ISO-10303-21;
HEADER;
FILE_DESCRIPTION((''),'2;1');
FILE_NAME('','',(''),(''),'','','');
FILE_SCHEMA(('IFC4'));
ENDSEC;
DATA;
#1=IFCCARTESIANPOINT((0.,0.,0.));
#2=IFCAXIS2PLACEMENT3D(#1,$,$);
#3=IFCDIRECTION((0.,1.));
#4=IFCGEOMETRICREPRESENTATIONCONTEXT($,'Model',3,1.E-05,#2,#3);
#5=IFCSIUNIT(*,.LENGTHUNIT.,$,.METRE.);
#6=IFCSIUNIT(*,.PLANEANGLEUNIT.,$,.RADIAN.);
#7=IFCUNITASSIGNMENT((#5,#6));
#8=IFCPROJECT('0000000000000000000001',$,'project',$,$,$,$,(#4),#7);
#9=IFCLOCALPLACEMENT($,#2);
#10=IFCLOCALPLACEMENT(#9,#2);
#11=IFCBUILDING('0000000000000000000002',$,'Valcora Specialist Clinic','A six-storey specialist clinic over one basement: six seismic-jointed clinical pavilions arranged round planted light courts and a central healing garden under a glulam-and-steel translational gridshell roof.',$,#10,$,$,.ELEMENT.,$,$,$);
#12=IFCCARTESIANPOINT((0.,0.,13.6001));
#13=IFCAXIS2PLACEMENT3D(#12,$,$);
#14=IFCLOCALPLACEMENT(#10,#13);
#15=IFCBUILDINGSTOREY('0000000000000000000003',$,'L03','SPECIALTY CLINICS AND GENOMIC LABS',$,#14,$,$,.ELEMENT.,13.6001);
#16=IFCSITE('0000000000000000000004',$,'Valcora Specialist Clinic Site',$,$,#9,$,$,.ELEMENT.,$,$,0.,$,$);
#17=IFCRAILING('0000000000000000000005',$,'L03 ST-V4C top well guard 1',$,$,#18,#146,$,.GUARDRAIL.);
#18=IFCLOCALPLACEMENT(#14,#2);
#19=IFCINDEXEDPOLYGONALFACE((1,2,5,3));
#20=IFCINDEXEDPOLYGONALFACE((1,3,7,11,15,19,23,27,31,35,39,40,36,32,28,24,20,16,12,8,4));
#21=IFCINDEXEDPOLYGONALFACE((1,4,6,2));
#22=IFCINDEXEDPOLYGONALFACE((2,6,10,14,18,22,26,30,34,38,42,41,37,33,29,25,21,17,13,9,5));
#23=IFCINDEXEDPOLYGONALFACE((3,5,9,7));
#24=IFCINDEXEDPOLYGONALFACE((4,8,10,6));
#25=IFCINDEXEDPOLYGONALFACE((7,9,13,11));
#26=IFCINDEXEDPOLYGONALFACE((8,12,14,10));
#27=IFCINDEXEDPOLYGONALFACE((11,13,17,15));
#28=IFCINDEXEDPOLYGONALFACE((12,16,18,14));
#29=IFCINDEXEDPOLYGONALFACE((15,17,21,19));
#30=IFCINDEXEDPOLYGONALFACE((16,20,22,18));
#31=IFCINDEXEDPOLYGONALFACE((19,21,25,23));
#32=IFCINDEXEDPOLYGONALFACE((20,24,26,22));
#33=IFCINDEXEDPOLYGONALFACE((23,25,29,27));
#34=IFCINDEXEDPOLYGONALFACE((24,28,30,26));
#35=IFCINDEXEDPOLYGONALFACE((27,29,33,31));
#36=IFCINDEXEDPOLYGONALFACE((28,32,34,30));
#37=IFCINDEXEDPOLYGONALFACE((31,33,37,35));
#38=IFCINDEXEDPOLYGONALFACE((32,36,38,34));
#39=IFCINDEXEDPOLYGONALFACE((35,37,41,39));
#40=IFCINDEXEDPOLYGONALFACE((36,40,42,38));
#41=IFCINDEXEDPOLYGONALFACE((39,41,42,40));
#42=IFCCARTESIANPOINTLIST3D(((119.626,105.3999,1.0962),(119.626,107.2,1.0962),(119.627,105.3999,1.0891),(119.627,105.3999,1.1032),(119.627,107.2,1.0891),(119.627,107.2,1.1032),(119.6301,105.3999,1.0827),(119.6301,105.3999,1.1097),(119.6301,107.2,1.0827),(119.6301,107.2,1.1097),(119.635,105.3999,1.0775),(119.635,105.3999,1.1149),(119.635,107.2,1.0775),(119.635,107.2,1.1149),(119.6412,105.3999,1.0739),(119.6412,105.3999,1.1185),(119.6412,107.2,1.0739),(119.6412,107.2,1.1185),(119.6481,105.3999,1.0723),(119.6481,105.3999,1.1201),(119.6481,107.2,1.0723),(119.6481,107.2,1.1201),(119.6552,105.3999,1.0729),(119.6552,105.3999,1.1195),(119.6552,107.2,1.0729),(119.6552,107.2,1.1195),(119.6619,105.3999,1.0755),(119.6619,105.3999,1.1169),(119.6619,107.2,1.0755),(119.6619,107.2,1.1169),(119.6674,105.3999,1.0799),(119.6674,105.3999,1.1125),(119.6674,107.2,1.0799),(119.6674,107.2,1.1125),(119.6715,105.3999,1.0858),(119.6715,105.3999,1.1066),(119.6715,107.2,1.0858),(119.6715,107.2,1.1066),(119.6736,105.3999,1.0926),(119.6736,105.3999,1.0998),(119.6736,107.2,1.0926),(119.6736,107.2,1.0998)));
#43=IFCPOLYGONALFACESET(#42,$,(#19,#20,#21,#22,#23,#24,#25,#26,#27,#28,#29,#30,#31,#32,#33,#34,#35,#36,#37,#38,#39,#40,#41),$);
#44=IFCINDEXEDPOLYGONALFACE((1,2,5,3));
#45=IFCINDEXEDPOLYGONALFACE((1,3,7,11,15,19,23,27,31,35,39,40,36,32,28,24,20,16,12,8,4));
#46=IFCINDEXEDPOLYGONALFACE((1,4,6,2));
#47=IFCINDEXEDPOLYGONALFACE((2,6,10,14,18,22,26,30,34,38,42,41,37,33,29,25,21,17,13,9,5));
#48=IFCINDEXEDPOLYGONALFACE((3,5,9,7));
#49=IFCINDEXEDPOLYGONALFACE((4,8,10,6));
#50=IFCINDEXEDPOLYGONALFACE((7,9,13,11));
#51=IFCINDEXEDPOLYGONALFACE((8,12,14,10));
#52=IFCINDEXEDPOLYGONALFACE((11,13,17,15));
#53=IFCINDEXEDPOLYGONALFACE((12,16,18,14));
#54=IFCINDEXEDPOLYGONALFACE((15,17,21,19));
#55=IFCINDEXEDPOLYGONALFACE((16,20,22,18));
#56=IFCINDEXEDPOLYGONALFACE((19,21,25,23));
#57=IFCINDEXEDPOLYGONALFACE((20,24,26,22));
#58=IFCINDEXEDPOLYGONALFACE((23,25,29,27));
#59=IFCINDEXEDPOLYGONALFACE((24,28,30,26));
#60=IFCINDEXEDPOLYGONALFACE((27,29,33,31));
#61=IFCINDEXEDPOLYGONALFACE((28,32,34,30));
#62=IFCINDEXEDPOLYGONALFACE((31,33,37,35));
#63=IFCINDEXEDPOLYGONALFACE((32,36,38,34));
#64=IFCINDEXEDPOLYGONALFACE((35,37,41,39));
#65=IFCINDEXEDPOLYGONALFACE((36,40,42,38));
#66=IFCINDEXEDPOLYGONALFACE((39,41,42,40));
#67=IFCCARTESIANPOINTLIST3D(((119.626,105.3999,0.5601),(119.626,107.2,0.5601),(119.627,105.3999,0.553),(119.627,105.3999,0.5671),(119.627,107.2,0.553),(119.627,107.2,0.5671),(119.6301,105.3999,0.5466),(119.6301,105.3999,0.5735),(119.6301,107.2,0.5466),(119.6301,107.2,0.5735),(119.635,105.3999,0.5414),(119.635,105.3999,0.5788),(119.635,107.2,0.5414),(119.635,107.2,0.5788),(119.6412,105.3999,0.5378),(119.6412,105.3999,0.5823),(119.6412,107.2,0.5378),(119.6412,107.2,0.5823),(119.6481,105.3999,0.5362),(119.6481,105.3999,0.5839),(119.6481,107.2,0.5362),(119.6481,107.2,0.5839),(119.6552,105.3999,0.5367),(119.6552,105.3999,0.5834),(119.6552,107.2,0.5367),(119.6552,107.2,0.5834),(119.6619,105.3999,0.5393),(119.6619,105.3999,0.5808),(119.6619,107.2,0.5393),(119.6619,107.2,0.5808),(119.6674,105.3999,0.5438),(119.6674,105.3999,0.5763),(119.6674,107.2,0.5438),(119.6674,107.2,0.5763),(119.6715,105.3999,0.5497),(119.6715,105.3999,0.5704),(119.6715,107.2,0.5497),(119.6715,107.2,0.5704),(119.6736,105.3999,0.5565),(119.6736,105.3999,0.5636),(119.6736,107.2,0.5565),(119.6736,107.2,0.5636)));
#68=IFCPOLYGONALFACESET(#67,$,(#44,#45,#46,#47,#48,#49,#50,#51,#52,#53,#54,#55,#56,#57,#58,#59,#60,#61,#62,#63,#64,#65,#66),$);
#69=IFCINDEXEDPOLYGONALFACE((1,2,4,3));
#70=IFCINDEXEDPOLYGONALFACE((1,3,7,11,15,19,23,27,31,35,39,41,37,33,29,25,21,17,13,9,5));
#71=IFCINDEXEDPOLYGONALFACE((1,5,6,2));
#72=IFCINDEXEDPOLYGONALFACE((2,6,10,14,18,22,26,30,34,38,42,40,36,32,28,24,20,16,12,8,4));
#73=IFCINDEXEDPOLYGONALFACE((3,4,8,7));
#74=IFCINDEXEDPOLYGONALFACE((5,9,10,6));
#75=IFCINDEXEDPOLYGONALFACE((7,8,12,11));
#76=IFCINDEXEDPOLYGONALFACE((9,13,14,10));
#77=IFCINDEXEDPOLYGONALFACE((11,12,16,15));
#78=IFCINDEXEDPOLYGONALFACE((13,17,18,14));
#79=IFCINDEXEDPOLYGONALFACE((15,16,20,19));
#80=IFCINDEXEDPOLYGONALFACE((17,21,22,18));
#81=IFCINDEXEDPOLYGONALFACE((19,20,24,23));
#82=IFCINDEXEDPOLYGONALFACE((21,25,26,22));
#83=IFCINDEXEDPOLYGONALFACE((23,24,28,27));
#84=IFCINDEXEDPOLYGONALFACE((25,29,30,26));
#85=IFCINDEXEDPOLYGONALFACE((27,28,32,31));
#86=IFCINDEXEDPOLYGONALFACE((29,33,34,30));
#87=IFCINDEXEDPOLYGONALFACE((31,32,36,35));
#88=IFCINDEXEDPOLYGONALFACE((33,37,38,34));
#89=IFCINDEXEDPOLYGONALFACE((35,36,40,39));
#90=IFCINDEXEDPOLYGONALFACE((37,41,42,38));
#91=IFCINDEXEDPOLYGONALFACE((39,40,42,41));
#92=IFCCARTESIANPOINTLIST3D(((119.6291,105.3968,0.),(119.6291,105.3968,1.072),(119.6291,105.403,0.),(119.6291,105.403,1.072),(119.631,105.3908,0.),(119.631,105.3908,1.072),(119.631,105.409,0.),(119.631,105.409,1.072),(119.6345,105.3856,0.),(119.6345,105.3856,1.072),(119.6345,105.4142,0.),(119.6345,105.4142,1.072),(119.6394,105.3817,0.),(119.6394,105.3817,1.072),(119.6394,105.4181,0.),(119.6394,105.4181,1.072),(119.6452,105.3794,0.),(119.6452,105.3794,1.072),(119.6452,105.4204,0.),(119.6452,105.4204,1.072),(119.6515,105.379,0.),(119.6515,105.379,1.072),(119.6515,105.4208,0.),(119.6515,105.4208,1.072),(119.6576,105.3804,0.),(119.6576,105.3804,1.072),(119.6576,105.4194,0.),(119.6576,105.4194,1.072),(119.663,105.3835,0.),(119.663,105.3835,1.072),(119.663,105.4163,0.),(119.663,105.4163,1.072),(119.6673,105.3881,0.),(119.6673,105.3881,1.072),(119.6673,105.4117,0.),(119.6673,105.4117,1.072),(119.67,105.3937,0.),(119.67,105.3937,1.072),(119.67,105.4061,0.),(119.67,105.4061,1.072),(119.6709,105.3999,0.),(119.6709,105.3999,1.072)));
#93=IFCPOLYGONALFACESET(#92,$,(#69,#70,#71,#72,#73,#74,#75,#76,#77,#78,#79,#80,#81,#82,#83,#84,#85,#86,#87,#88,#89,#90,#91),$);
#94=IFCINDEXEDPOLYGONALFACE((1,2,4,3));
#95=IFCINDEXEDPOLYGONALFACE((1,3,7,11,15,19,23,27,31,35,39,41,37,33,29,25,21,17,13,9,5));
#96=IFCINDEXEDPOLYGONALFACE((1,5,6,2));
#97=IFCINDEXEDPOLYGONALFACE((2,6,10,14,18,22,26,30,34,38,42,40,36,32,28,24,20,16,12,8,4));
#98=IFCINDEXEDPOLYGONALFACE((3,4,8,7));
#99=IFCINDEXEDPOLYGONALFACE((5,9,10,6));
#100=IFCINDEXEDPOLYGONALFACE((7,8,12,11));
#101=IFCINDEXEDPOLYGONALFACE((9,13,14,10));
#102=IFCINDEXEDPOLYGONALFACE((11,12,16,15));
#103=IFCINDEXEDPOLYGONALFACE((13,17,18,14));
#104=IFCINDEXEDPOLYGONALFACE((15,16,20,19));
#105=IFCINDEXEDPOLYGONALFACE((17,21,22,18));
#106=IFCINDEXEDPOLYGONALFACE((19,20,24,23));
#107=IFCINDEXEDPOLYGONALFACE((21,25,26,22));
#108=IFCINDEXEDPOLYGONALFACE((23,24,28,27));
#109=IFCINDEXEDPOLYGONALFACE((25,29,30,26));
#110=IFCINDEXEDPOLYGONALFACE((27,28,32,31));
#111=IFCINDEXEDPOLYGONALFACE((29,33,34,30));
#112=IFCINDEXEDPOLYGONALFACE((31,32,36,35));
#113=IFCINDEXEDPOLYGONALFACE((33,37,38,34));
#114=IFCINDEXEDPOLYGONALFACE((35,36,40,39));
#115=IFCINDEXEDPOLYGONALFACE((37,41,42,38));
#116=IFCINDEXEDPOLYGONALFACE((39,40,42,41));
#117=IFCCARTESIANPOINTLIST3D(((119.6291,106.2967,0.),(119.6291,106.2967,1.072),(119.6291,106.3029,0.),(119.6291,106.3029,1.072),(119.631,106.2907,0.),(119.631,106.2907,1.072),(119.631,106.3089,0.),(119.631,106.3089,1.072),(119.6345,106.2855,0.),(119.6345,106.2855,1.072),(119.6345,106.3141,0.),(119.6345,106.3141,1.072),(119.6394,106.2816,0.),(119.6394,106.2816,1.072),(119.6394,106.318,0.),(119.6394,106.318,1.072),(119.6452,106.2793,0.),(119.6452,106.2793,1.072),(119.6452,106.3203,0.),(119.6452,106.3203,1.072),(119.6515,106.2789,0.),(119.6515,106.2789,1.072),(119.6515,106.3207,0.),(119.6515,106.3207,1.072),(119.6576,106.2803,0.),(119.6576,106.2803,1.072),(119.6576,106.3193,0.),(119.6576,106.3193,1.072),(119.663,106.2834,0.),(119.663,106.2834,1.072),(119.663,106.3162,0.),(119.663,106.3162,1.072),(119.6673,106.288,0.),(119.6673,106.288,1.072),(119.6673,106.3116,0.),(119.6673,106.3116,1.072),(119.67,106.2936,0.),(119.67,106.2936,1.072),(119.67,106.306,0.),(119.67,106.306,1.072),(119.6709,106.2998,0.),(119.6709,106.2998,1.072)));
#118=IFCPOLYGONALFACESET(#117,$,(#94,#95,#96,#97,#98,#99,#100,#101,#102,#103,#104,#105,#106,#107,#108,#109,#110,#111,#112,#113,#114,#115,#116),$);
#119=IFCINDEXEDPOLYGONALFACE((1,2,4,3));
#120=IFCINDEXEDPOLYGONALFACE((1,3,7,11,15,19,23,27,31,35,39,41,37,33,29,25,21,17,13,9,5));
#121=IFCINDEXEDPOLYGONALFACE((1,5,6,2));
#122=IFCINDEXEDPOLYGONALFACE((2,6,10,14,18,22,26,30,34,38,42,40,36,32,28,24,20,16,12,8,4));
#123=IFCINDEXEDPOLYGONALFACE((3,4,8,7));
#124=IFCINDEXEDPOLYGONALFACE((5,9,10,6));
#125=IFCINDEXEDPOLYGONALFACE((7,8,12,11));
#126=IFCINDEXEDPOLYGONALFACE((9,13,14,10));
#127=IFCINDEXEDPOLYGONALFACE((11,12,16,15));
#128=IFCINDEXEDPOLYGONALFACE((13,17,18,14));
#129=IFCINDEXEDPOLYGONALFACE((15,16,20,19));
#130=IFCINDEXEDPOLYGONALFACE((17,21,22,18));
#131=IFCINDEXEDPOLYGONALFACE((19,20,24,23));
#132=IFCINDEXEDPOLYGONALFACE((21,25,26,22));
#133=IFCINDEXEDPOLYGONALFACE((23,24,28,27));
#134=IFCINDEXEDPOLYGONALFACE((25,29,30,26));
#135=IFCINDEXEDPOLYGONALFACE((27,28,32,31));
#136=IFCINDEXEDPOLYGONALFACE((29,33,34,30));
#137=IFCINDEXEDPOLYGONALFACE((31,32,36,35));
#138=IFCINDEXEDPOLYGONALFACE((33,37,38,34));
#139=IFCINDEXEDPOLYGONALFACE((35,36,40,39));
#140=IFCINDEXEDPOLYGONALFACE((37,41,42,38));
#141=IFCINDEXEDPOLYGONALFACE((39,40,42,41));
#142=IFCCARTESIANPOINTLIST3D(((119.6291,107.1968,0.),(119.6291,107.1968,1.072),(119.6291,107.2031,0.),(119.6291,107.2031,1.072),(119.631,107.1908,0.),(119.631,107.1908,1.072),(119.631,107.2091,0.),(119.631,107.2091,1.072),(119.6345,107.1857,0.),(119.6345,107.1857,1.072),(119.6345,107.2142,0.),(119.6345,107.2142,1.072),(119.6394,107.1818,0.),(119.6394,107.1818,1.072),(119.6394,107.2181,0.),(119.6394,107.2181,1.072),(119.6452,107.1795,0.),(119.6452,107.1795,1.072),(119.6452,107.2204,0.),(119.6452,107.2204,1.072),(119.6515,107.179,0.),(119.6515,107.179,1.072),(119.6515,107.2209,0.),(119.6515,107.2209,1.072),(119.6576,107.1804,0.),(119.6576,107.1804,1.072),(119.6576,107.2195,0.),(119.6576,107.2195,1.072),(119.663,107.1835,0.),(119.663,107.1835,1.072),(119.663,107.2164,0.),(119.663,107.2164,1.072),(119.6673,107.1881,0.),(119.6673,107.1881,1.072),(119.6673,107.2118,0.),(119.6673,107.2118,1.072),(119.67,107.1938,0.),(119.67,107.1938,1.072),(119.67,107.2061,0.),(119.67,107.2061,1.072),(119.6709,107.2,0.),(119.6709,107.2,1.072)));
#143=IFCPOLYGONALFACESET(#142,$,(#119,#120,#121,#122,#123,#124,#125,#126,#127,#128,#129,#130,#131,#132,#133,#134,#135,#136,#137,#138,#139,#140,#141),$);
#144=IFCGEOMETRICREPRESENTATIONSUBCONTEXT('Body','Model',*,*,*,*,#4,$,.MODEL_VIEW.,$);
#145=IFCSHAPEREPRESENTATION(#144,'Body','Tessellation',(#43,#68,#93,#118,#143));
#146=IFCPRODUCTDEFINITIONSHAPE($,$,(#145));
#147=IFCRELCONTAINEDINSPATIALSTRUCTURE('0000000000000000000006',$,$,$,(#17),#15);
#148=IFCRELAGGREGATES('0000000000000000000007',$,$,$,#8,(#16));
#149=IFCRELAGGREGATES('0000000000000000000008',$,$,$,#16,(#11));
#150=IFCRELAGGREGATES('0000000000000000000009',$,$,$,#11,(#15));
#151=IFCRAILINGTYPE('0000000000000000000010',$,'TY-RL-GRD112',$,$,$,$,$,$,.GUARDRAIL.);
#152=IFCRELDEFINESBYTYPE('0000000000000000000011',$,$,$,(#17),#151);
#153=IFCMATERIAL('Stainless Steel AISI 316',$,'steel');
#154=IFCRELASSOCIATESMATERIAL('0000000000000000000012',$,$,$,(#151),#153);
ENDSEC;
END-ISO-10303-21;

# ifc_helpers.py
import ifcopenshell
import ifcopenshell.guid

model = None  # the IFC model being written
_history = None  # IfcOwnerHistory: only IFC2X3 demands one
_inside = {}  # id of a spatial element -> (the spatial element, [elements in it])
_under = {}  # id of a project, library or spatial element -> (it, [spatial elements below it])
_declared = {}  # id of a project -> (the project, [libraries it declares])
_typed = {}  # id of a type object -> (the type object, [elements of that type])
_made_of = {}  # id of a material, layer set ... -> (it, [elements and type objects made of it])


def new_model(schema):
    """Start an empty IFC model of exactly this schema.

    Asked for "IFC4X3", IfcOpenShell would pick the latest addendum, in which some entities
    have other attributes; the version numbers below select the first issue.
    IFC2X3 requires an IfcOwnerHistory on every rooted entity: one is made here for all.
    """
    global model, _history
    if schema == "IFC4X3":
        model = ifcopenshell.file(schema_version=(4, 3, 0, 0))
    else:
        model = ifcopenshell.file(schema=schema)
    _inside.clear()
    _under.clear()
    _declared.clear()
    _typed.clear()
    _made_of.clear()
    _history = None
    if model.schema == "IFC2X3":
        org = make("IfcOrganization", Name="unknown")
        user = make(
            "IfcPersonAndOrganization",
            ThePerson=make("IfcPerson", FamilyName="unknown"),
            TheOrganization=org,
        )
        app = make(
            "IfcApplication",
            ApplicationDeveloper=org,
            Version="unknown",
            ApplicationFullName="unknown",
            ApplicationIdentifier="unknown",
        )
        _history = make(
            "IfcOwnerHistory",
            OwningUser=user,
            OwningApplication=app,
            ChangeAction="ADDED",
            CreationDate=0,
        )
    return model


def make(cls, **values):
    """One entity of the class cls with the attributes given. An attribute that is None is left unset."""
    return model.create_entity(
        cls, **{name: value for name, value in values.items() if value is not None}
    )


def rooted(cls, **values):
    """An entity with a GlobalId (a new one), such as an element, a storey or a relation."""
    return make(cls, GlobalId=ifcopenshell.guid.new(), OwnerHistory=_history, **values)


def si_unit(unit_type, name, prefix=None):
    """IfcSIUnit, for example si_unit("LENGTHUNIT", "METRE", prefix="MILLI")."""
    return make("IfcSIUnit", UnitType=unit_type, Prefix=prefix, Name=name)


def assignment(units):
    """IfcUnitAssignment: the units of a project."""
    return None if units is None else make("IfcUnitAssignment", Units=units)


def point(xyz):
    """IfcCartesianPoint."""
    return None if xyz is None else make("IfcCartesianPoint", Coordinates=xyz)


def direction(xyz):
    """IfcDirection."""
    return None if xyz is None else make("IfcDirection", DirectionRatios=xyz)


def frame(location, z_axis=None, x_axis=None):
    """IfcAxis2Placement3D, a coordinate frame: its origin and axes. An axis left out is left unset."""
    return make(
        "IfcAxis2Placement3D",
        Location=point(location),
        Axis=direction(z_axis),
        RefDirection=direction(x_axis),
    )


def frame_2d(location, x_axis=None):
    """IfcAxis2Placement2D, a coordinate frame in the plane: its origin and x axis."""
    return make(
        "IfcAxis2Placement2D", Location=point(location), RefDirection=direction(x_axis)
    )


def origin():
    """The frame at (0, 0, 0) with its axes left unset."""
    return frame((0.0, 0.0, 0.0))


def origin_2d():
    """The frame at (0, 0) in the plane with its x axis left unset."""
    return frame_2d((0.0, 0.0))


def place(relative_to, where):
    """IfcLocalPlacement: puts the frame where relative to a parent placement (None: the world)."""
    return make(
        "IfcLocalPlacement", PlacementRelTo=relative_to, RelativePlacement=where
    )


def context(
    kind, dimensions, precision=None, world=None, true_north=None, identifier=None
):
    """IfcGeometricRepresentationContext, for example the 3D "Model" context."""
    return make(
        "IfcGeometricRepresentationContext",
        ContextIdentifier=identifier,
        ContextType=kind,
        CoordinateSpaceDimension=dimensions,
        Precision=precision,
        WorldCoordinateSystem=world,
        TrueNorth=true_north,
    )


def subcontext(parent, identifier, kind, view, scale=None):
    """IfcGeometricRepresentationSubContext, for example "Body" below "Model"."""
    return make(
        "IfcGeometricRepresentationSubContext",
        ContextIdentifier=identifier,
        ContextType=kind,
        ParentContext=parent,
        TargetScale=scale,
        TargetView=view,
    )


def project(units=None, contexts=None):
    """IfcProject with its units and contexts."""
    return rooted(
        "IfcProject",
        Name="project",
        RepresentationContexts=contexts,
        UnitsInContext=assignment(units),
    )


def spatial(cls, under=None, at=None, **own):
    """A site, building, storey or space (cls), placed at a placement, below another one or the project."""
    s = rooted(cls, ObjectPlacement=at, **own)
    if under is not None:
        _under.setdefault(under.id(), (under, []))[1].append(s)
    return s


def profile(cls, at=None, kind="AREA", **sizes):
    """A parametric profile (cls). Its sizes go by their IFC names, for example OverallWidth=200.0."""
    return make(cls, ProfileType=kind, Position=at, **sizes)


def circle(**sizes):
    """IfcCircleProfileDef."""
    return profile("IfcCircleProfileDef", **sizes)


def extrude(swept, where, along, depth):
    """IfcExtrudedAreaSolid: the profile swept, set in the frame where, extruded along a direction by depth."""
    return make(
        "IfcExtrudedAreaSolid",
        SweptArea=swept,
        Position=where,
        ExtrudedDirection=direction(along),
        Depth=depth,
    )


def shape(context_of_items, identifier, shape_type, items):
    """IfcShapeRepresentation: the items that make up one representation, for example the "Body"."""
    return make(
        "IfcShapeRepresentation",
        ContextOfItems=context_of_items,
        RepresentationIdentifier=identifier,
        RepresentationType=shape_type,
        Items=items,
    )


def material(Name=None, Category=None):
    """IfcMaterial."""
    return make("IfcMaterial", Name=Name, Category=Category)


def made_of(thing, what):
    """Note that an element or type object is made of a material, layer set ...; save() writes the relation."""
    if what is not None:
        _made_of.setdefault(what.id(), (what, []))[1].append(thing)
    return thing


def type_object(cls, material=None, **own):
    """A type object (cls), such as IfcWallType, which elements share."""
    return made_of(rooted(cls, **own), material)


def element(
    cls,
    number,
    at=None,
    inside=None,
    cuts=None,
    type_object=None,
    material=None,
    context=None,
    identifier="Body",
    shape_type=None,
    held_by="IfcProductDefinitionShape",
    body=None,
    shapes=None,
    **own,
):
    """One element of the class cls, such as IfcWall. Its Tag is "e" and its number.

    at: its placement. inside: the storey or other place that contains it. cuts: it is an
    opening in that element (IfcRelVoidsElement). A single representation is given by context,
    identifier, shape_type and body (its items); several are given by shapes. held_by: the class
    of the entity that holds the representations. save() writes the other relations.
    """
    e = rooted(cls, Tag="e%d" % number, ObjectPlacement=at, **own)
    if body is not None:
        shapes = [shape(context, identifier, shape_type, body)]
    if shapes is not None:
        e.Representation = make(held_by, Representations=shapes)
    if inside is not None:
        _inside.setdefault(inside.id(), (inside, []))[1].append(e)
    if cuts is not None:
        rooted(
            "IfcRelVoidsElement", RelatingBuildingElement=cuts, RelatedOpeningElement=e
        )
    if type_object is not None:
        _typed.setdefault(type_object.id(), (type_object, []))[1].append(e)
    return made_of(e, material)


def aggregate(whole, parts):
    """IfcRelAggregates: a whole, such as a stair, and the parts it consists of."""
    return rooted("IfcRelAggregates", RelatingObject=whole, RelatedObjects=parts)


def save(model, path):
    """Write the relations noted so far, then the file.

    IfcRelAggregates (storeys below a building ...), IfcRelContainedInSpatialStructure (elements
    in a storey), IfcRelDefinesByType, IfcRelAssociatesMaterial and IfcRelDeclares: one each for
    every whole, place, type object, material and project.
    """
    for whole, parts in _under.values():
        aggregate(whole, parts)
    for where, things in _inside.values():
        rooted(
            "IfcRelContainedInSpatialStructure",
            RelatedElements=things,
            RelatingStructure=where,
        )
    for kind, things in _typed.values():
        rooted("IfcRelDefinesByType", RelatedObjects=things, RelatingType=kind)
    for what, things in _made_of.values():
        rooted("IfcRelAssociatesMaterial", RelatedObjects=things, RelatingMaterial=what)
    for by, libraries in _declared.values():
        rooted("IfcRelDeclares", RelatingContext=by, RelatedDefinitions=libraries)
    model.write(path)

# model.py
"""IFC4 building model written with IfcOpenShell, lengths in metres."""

from ifc_helpers import new_model, si_unit, direction, frame, origin, origin_2d, place, context, subcontext, project, spatial, circle, extrude, material, type_object, element, save


model = new_model("IFC4")

# Units and contexts
model_context = context("Model", 3, precision=1e-05, world=origin(), true_north=direction((0.0, 1.0)))
body_context = subcontext(model_context, "Body", "Model", "MODEL_VIEW")
ifc_project = project(units=[si_unit("LENGTHUNIT", "METRE"), si_unit("PLANEANGLEUNIT", "RADIAN")], contexts=[model_context])

# Site, building, storey
site_placement = place(None, origin())
site = spatial("IfcSite", under=ifc_project, at=site_placement, Name="Valcora Specialist Clinic Site", CompositionType="ELEMENT", RefElevation=0.0)
building_placement = place(site_placement, origin())
building = spatial("IfcBuilding", under=site, at=building_placement, Name="Valcora Specialist Clinic", Description="A six-storey specialist clinic over one basement: six seismic-jointed clinical pavilions arranged round planted light courts and a central healing garden under a glulam-and-steel translational gridshell roof.", CompositionType="ELEMENT")
storey_placement = place(building_placement, frame((0.0, 0.0, 13.6001)))
storey = spatial("IfcBuildingStorey", under=building, at=storey_placement, Name="L03", Description="SPECIALTY CLINICS AND GENOMIC LABS", CompositionType="ELEMENT", Elevation=13.6001)

# Railing
ifc_material_1 = material(Name="Stainless Steel AISI 316", Category="steel")
railing_type = type_object("IfcRailingType", Name="TY-RL-GRD112", PredefinedType="GUARDRAIL", material=ifc_material_1)
railing_placement = place(storey_placement, frame((119.6499, 105.3999, 0.0)))
element("IfcRailing", 1, at=railing_placement, inside=storey, type_object=railing_type, Name="L03 ST-V4C top well guard 1", PredefinedType="GUARDRAIL", context=body_context, shape_type="SweptSolid", body=[
    extrude(circle(Radius=0.0239, at=origin_2d()), frame((0.0, 0.0, 1.0962), z_axis=(0.0, 1.0, 0.0), x_axis=(-1.0, 0.0, 0.0)), (0.0, 0.0, 1.0), 1.8),
    extrude(circle(Radius=0.0239, at=origin_2d()), frame((0.0, 0.0, 0.5601), z_axis=(0.0, 1.0, 0.0), x_axis=(-1.0, 0.0, 0.0)), (0.0, 0.0, 1.0), 1.8),
    extrude(circle(Radius=0.021, at=origin_2d()), origin(), (0.0, 0.0, 1.0), 1.072),
    extrude(circle(Radius=0.021, at=origin_2d()), frame((0.0, 0.8999, 0.0)), (0.0, 0.0, 1.0), 1.072),
    extrude(circle(Radius=0.021, at=origin_2d()), frame((0.0, 1.8, 0.0)), (0.0, 0.0, 1.0), 1.072),
])

save(model, "model.ifc")
